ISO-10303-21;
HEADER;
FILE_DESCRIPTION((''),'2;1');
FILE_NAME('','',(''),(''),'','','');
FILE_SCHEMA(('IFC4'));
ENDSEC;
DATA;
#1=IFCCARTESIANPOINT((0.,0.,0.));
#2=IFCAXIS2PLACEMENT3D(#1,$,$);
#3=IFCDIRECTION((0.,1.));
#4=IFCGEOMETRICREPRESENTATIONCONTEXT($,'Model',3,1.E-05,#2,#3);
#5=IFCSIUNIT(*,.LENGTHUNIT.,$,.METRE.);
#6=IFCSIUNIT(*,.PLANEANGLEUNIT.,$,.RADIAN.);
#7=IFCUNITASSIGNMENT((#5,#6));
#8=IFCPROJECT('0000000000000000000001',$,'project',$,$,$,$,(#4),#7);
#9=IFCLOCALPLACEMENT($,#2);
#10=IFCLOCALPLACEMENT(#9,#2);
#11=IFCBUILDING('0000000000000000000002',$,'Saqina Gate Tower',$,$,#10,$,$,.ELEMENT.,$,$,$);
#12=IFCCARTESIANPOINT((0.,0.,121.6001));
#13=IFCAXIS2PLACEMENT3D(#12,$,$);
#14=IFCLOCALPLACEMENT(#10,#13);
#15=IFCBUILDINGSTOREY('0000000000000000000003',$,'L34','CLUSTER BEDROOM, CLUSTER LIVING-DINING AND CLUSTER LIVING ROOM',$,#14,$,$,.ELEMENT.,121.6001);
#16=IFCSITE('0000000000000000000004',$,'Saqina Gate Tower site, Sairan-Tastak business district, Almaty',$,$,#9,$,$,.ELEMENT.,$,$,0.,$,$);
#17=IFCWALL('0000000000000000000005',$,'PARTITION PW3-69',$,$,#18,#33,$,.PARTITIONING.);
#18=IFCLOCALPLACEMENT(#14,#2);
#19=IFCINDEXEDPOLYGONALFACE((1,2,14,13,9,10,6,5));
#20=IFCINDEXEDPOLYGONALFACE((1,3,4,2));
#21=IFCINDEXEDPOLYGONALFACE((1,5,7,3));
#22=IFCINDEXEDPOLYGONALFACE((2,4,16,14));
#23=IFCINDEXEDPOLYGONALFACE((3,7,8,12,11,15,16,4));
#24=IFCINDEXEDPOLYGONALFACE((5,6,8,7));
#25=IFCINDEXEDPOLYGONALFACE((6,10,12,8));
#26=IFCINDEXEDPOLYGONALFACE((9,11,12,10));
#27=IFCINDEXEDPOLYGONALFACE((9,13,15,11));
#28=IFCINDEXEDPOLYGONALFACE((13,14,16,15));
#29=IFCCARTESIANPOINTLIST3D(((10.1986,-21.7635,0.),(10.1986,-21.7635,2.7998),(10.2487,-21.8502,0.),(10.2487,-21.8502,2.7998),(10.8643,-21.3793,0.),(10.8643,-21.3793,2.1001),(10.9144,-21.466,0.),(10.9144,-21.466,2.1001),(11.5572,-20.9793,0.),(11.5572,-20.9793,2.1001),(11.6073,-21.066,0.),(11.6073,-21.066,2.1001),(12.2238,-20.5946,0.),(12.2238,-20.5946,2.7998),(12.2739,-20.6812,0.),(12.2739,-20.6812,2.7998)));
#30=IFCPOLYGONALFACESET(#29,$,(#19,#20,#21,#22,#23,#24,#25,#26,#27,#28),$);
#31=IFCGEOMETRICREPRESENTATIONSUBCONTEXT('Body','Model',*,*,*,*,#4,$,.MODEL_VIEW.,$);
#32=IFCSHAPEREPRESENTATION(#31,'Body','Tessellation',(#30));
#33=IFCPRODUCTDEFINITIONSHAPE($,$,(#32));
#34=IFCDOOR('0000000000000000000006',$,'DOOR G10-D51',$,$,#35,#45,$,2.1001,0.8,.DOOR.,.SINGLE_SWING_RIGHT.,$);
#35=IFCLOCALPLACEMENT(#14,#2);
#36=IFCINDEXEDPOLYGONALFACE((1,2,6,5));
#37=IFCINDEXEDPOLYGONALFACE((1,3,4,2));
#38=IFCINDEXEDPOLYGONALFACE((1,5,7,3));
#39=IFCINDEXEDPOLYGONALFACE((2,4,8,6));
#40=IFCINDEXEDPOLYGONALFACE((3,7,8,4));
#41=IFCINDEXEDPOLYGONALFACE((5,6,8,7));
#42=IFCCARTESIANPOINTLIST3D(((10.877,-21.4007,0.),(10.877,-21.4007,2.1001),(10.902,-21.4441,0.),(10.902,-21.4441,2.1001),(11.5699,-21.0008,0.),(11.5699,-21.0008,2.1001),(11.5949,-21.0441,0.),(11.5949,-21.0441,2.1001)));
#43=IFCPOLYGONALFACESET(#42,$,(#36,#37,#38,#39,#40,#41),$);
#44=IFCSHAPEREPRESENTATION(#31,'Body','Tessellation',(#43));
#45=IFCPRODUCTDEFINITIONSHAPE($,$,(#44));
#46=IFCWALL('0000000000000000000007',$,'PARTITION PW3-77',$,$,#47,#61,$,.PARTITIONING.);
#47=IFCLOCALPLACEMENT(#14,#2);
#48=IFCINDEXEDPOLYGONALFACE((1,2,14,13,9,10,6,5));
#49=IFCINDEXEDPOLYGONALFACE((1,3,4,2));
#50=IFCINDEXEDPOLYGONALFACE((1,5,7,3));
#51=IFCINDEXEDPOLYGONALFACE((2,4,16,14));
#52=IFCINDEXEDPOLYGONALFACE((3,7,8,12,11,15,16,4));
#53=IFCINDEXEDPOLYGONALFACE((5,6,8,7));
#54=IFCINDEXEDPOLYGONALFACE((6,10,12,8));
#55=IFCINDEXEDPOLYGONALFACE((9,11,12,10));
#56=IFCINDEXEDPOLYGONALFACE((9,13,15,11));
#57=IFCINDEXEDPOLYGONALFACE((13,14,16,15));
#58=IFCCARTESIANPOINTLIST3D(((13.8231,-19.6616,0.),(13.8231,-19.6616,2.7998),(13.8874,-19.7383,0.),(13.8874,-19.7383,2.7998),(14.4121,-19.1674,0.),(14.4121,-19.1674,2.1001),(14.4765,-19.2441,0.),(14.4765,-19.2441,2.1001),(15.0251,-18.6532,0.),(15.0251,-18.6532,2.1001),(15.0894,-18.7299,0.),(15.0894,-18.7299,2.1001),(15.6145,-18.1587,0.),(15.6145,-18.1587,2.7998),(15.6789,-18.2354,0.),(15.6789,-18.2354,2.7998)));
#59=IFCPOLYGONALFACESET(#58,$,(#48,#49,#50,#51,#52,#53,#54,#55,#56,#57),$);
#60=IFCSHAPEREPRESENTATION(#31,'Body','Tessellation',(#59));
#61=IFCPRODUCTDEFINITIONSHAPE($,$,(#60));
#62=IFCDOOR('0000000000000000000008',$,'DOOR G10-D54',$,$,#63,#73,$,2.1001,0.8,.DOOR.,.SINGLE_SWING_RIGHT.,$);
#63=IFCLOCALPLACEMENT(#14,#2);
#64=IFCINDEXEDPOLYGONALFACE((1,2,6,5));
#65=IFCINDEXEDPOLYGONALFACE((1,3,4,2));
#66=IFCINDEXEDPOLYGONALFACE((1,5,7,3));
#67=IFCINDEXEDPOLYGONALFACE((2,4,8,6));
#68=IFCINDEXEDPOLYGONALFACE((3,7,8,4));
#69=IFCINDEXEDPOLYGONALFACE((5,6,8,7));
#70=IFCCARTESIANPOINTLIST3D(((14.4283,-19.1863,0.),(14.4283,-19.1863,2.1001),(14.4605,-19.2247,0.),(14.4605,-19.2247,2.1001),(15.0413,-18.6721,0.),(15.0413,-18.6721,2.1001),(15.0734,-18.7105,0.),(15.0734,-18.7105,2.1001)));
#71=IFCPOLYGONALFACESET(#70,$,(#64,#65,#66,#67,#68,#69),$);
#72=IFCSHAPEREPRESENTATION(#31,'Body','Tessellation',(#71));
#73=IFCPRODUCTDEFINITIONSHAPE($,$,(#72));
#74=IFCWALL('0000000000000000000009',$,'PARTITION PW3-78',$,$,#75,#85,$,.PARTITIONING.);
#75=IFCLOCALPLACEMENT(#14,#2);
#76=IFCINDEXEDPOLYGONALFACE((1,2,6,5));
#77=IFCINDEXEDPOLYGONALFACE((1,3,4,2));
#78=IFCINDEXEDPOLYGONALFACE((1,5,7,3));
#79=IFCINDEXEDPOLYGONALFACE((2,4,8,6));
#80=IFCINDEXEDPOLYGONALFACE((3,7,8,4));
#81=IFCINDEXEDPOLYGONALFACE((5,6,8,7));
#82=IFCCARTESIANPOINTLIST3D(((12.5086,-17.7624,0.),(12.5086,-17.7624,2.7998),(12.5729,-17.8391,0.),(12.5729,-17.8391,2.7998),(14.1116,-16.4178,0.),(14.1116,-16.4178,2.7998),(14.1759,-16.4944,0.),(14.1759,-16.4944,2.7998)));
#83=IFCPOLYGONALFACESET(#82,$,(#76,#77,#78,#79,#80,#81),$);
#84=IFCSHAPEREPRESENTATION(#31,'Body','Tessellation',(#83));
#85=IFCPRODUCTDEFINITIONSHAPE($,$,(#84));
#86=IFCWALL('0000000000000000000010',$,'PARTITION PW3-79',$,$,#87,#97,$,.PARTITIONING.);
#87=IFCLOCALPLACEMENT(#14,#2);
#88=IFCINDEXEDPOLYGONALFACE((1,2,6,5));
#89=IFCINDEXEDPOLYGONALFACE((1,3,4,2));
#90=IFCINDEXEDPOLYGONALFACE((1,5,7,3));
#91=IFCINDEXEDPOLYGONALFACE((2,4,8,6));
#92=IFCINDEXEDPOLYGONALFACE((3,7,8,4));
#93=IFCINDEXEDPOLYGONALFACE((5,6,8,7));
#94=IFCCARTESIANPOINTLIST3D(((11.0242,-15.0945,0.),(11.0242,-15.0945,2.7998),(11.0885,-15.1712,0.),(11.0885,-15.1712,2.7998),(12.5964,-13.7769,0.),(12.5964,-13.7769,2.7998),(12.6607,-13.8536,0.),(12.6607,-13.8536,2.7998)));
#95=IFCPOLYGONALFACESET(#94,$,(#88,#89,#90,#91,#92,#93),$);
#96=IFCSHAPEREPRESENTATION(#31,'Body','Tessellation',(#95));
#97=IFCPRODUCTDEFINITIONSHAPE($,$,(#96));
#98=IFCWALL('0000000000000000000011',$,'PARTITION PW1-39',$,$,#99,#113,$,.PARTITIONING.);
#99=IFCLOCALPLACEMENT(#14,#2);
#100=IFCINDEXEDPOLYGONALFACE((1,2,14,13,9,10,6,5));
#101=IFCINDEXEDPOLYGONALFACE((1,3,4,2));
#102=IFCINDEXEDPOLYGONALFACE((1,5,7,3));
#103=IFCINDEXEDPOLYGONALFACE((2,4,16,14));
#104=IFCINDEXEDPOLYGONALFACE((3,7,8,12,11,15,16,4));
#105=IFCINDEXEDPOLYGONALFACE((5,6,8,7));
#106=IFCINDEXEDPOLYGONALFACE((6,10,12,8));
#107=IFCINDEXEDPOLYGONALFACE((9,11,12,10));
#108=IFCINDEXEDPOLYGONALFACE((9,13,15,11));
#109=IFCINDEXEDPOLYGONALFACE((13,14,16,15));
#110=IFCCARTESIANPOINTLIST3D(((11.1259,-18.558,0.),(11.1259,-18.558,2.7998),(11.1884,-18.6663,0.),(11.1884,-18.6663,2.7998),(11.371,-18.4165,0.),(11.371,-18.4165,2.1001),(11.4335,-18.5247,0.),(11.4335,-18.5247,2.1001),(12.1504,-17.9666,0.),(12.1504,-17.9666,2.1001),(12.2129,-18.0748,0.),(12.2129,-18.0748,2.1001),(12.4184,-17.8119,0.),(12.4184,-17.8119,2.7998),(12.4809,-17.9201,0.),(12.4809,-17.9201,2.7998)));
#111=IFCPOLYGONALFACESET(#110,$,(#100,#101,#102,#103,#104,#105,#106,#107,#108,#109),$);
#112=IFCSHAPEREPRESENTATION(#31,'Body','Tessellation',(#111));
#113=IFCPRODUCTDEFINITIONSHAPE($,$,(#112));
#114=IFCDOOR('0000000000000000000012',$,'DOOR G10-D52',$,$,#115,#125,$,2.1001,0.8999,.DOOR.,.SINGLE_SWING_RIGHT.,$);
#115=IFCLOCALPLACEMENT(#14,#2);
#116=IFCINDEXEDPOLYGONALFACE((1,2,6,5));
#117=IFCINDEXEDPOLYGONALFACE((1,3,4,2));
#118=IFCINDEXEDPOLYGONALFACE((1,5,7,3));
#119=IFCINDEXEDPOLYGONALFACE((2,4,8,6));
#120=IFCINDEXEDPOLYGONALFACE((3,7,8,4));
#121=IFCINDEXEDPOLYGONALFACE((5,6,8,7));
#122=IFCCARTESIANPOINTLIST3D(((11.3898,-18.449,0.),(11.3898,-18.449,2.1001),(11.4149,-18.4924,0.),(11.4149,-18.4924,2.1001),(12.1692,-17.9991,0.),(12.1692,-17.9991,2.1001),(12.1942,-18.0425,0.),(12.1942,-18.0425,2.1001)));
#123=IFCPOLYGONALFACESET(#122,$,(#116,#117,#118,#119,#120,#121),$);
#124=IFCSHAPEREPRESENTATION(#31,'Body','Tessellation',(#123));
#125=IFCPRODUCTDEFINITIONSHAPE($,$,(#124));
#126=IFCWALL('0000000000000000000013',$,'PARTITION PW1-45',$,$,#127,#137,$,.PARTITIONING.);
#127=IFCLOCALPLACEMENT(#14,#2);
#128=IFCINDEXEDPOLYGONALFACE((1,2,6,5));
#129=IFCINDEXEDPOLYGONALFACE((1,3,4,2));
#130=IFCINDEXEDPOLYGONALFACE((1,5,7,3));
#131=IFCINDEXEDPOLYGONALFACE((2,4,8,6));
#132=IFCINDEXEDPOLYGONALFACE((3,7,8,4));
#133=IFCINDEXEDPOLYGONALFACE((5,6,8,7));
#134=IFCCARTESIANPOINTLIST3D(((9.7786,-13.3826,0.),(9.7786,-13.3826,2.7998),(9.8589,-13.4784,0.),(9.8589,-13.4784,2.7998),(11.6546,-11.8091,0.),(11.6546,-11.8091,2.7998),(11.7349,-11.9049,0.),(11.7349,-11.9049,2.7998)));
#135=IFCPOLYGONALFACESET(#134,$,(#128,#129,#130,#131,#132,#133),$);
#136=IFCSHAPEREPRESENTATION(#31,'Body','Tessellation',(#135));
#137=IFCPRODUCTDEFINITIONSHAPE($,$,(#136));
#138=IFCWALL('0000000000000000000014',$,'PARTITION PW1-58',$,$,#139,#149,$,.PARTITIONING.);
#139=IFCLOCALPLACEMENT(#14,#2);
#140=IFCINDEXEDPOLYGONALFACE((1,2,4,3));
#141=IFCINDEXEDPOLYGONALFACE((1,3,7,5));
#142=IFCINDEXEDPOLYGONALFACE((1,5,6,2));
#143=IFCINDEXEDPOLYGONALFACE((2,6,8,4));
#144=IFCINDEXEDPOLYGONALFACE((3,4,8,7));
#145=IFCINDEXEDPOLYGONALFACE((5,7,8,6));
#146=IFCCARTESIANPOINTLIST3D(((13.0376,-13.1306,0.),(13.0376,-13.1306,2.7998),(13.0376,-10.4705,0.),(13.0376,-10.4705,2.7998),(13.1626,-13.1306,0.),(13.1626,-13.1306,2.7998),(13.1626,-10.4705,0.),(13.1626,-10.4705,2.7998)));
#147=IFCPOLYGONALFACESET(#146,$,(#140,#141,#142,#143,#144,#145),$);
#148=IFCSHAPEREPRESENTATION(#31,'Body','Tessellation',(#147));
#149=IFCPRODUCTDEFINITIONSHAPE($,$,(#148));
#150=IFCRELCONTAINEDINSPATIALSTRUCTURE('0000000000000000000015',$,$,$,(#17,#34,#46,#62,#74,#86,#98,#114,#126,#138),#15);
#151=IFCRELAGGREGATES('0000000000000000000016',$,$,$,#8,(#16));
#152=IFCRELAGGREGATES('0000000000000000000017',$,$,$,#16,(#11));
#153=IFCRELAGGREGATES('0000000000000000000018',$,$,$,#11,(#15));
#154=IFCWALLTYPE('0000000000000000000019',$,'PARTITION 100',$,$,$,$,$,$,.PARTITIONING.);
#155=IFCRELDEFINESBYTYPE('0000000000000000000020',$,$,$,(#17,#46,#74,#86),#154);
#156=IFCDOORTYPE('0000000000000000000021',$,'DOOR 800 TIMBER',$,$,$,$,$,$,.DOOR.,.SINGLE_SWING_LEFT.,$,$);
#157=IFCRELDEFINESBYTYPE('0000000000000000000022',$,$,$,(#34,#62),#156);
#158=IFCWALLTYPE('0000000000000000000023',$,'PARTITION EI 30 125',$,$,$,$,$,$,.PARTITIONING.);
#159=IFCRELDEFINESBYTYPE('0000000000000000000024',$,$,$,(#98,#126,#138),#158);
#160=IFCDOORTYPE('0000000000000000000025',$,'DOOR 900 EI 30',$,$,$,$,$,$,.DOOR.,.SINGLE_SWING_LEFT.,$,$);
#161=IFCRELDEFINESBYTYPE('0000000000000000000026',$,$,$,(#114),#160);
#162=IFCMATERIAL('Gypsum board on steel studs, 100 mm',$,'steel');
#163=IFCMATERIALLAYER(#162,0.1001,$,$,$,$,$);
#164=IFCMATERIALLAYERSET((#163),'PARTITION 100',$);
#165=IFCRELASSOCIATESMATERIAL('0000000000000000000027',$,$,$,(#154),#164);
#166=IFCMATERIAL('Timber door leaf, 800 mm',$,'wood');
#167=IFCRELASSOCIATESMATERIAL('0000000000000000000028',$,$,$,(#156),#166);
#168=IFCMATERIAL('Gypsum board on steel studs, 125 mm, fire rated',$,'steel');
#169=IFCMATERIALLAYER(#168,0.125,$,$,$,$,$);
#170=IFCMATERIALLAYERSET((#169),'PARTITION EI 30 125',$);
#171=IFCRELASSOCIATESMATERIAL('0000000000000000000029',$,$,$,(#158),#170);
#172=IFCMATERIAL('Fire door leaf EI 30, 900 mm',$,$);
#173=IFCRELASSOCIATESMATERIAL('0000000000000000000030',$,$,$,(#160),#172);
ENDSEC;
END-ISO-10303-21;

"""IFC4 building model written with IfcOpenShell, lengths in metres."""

from ifc_helpers import new_model, si_unit, direction, frame, frame_2d, origin, place, context, subcontext, project, spatial, rectangle, extrude, material, layer, layer_set, type_object, element, fill, save


model = new_model("IFC4")

# Units and contexts
model_context = context("Model", 3, precision=1e-05, world=origin(), true_north=direction((0.0, 1.0)))
body_context = subcontext(model_context, "Body", "Model", "MODEL_VIEW")
ifc_project = project(units=[si_unit("LENGTHUNIT", "METRE"), si_unit("PLANEANGLEUNIT", "RADIAN")], contexts=[model_context])

# Site, building, storey
site_placement = place(None, origin())
site = spatial("IfcSite", under=ifc_project, at=site_placement, Name="Saqina Gate Tower site, Sairan-Tastak business district, Almaty", CompositionType="ELEMENT", RefElevation=0.0)
building_placement = place(site_placement, origin())
building = spatial("IfcBuilding", under=site, at=building_placement, Name="Saqina Gate Tower", CompositionType="ELEMENT")
storey_placement = place(building_placement, frame((0.0, 0.0, 121.6001)))
storey = spatial("IfcBuildingStorey", under=building, at=storey_placement, Name="L34", Description="CLUSTER BEDROOM, CLUSTER LIVING-DINING AND CLUSTER LIVING ROOM", CompositionType="ELEMENT", Elevation=121.6001)

# Shared definitions
ifc_material_1 = material(Name="Gypsum board on steel studs, 100 mm", Category="steel")
ifc_layer_1 = layer(ifc_material_1, 0.1001)
ifc_layer_set_1 = layer_set([ifc_layer_1], Name="PARTITION 100")
wall_type_1 = type_object("IfcWallType", Name="PARTITION 100", PredefinedType="PARTITIONING", material=ifc_layer_set_1)

# Shared definitions
ifc_material_2 = material(Name="Timber door leaf, 800 mm", Category="wood")
door_type_1 = type_object("IfcDoorType", Name="DOOR 800 TIMBER", OperationType="SINGLE_SWING_LEFT", PredefinedType="DOOR", material=ifc_material_2)

# Walls, openings, doors
wall_1_placement = place(storey_placement, frame((10.2236, -21.8069, 0.0), z_axis=(0.0, 0.0, 1.0), x_axis=(0.866076, 0.499912, 0.0)))
wall_1 = element("IfcWall", 1, at=wall_1_placement, inside=storey, type_object=wall_type_1, Name="PARTITION PW3-69", PredefinedType="PARTITIONING", context=body_context, shape_type="SweptSolid", body=[
    extrude(rectangle(XDim=2.3384, YDim=0.1001, at=frame_2d((1.1692, 0.0))), origin(), (0.0, 0.0, 1.0), 2.7998),
])
opening_1_placement = place(wall_1_placement, frame((0.7688, 0.0, 0.0)))
opening_1 = element("IfcOpeningElement", 2, at=opening_1_placement, cuts=wall_1, PredefinedType="OPENING", context=body_context, shape_type="SweptSolid", body=[
    extrude(rectangle(XDim=0.8, YDim=2.1001, at=frame_2d((0.3999, 1.05))), frame((0.0, 0.062, 0.0), z_axis=(0.0, -1.0, 0.0), x_axis=(1.0, 0.0, 0.0)), (0.0, 0.0, 1.0), 0.124),
])
door_1_placement = place(opening_1_placement, frame((0.8, 0.0, 0.0), z_axis=(0.0, 0.0, 1.0), x_axis=(-1.0, 0.0, 0.0)))
door_1 = element("IfcDoor", 3, at=door_1_placement, inside=storey, type_object=door_type_1, Name="DOOR G10-D51", OperationType="SINGLE_SWING_RIGHT", OverallHeight=2.1001, OverallWidth=0.8, PredefinedType="DOOR", context=body_context, shape_type="SweptSolid", body=[
    extrude(rectangle(XDim=0.8, YDim=2.1001, at=frame_2d((0.3999, 1.05))), frame((0.0, 0.0249, 0.0), z_axis=(0.0, -1.0, 0.0), x_axis=(1.0, 0.0, 0.0)), (0.0, 0.0, 1.0), 0.05),
])
fill(opening_1, door_1)
wall_2_placement = place(storey_placement, frame((13.8552, -19.7, 0.0), z_axis=(0.0, 0.0, 1.0), x_axis=(0.766112, 0.642707, 0.0)))
wall_2 = element("IfcWall", 4, at=wall_2_placement, inside=storey, type_object=wall_type_1, Name="PARTITION PW3-77", PredefinedType="PARTITIONING", context=body_context, shape_type="SweptSolid", body=[
    extrude(rectangle(XDim=2.3384, YDim=0.1001, at=frame_2d((1.1692, 0.0))), origin(), (0.0, 0.0, 1.0), 2.7998),
])
opening_2_placement = place(wall_2_placement, frame((0.769, 0.0, 0.0)))
opening_2 = element("IfcOpeningElement", 5, at=opening_2_placement, cuts=wall_2, PredefinedType="OPENING", context=body_context, shape_type="SweptSolid", body=[
    extrude(rectangle(XDim=0.8, YDim=2.1001, at=frame_2d((0.3999, 1.05))), frame((0.0, 0.062, 0.0), z_axis=(0.0, -1.0, 0.0), x_axis=(1.0, 0.0, 0.0)), (0.0, 0.0, 1.0), 0.124),
])
door_2_placement = place(opening_2_placement, frame((0.8, 0.0, 0.0), z_axis=(0.0, 0.0, 1.0), x_axis=(-1.0, 0.0, 0.0)))
door_2 = element("IfcDoor", 6, at=door_2_placement, inside=storey, type_object=door_type_1, Name="DOOR G10-D54", OperationType="SINGLE_SWING_RIGHT", OverallHeight=2.1001, OverallWidth=0.8, PredefinedType="DOOR", context=body_context, shape_type="SweptSolid", body=[
    extrude(rectangle(XDim=0.8, YDim=2.1001, at=frame_2d((0.3999, 1.05))), frame((0.0, 0.0249, 0.0), z_axis=(0.0, -1.0, 0.0), x_axis=(1.0, 0.0, 0.0)), (0.0, 0.0, 1.0), 0.05),
])
fill(opening_2, door_2)

# Walls
wall_3_placement = place(storey_placement, frame((12.5408, -17.8008, 0.0), z_axis=(0.0, 0.0, 1.0), x_axis=(0.766132, 0.642683, 0.0)))
element("IfcWall", 7, at=wall_3_placement, inside=storey, type_object=wall_type_1, Name="PARTITION PW3-78", PredefinedType="PARTITIONING", context=body_context, shape_type="SweptSolid", body=[
    extrude(rectangle(XDim=2.0923, YDim=0.1001, at=frame_2d((1.0461, 0.0))), origin(), (0.0, 0.0, 1.0), 2.7998),
])
wall_4_placement = place(storey_placement, frame((11.0564, -15.1328, 0.0), z_axis=(0.0, 0.0, 1.0), x_axis=(0.766443, 0.642312, 0.0)))
element("IfcWall", 8, at=wall_4_placement, inside=storey, type_object=wall_type_1, Name="PARTITION PW3-79", PredefinedType="PARTITIONING", context=body_context, shape_type="SweptSolid", body=[
    extrude(rectangle(XDim=2.0513, YDim=0.1001, at=frame_2d((1.0256, 0.0))), origin(), (0.0, 0.0, 1.0), 2.7998),
])

# Wall, opening, door
ifc_material_3 = material(Name="Gypsum board on steel studs, 125 mm, fire rated", Category="steel")
ifc_layer_2 = layer(ifc_material_3, 0.125)
ifc_layer_set_2 = layer_set([ifc_layer_2], Name="PARTITION EI 30 125")
wall_type_2 = type_object("IfcWallType", Name="PARTITION EI 30 125", PredefinedType="PARTITIONING", material=ifc_layer_set_2)
wall_5_placement = place(storey_placement, frame((11.1572, -18.6121, 0.0), z_axis=(0.0, 0.0, 1.0), x_axis=(0.86606, 0.49994, 0.0)))
wall_5 = element("IfcWall", 9, at=wall_5_placement, inside=storey, type_object=wall_type_2, Name="PARTITION PW1-39", PredefinedType="PARTITIONING", context=body_context, shape_type="SweptSolid", body=[
    extrude(rectangle(XDim=1.4924, YDim=0.125, at=frame_2d((0.7461, 0.0))), origin(), (0.0, 0.0, 1.0), 2.7998),
])
opening_3_placement = place(wall_5_placement, frame((0.283, 0.0, 0.0)))
opening_3 = element("IfcOpeningElement", 10, at=opening_3_placement, cuts=wall_5, PredefinedType="OPENING", context=body_context, shape_type="SweptSolid", body=[
    extrude(rectangle(XDim=0.8999, YDim=2.1001, at=frame_2d((0.45, 1.05))), frame((0.0, 0.0745, 0.0), z_axis=(0.0, -1.0, 0.0), x_axis=(1.0, 0.0, 0.0)), (0.0, 0.0, 1.0), 0.1489),
])
ifc_material_4 = material(Name="Fire door leaf EI 30, 900 mm")
door_type_2 = type_object("IfcDoorType", Name="DOOR 900 EI 30", OperationType="SINGLE_SWING_LEFT", PredefinedType="DOOR", material=ifc_material_4)
door_3_placement = place(opening_3_placement, origin())
door_3 = element("IfcDoor", 11, at=door_3_placement, inside=storey, type_object=door_type_2, Name="DOOR G10-D52", OperationType="SINGLE_SWING_RIGHT", OverallHeight=2.1001, OverallWidth=0.8999, PredefinedType="DOOR", context=body_context, shape_type="SweptSolid", body=[
    extrude(rectangle(XDim=0.8999, YDim=2.1001, at=frame_2d((0.45, 1.05))), frame((0.0, 0.0249, 0.0), z_axis=(0.0, -1.0, 0.0), x_axis=(1.0, 0.0, 0.0)), (0.0, 0.0, 1.0), 0.05),
])
fill(opening_3, door_3)

# Walls
wall_6_placement = place(storey_placement, frame((9.8188, -13.4304, 0.0), z_axis=(0.0, 0.0, 1.0), x_axis=(0.766174, 0.642633, 0.0)))
element("IfcWall", 12, at=wall_6_placement, inside=storey, type_object=wall_type_2, Name="PARTITION PW1-45", PredefinedType="PARTITIONING", context=body_context, shape_type="SweptSolid", body=[
    extrude(rectangle(XDim=2.4485, YDim=0.125, at=frame_2d((1.2241, 0.0))), origin(), (0.0, 0.0, 1.0), 2.7998),
])
wall_7_placement = place(storey_placement, frame((13.1001, -13.1306, 0.0), z_axis=(0.0, 0.0, 1.0), x_axis=(0.0, 1.0, 0.0)))
element("IfcWall", 13, at=wall_7_placement, inside=storey, type_object=wall_type_2, Name="PARTITION PW1-58", PredefinedType="PARTITIONING", context=body_context, shape_type="SweptSolid", body=[
    extrude(rectangle(XDim=2.6602, YDim=0.125, at=frame_2d((1.3301, 0.0))), origin(), (0.0, 0.0, 1.0), 2.7998),
])

save(model, "model.ifc")
